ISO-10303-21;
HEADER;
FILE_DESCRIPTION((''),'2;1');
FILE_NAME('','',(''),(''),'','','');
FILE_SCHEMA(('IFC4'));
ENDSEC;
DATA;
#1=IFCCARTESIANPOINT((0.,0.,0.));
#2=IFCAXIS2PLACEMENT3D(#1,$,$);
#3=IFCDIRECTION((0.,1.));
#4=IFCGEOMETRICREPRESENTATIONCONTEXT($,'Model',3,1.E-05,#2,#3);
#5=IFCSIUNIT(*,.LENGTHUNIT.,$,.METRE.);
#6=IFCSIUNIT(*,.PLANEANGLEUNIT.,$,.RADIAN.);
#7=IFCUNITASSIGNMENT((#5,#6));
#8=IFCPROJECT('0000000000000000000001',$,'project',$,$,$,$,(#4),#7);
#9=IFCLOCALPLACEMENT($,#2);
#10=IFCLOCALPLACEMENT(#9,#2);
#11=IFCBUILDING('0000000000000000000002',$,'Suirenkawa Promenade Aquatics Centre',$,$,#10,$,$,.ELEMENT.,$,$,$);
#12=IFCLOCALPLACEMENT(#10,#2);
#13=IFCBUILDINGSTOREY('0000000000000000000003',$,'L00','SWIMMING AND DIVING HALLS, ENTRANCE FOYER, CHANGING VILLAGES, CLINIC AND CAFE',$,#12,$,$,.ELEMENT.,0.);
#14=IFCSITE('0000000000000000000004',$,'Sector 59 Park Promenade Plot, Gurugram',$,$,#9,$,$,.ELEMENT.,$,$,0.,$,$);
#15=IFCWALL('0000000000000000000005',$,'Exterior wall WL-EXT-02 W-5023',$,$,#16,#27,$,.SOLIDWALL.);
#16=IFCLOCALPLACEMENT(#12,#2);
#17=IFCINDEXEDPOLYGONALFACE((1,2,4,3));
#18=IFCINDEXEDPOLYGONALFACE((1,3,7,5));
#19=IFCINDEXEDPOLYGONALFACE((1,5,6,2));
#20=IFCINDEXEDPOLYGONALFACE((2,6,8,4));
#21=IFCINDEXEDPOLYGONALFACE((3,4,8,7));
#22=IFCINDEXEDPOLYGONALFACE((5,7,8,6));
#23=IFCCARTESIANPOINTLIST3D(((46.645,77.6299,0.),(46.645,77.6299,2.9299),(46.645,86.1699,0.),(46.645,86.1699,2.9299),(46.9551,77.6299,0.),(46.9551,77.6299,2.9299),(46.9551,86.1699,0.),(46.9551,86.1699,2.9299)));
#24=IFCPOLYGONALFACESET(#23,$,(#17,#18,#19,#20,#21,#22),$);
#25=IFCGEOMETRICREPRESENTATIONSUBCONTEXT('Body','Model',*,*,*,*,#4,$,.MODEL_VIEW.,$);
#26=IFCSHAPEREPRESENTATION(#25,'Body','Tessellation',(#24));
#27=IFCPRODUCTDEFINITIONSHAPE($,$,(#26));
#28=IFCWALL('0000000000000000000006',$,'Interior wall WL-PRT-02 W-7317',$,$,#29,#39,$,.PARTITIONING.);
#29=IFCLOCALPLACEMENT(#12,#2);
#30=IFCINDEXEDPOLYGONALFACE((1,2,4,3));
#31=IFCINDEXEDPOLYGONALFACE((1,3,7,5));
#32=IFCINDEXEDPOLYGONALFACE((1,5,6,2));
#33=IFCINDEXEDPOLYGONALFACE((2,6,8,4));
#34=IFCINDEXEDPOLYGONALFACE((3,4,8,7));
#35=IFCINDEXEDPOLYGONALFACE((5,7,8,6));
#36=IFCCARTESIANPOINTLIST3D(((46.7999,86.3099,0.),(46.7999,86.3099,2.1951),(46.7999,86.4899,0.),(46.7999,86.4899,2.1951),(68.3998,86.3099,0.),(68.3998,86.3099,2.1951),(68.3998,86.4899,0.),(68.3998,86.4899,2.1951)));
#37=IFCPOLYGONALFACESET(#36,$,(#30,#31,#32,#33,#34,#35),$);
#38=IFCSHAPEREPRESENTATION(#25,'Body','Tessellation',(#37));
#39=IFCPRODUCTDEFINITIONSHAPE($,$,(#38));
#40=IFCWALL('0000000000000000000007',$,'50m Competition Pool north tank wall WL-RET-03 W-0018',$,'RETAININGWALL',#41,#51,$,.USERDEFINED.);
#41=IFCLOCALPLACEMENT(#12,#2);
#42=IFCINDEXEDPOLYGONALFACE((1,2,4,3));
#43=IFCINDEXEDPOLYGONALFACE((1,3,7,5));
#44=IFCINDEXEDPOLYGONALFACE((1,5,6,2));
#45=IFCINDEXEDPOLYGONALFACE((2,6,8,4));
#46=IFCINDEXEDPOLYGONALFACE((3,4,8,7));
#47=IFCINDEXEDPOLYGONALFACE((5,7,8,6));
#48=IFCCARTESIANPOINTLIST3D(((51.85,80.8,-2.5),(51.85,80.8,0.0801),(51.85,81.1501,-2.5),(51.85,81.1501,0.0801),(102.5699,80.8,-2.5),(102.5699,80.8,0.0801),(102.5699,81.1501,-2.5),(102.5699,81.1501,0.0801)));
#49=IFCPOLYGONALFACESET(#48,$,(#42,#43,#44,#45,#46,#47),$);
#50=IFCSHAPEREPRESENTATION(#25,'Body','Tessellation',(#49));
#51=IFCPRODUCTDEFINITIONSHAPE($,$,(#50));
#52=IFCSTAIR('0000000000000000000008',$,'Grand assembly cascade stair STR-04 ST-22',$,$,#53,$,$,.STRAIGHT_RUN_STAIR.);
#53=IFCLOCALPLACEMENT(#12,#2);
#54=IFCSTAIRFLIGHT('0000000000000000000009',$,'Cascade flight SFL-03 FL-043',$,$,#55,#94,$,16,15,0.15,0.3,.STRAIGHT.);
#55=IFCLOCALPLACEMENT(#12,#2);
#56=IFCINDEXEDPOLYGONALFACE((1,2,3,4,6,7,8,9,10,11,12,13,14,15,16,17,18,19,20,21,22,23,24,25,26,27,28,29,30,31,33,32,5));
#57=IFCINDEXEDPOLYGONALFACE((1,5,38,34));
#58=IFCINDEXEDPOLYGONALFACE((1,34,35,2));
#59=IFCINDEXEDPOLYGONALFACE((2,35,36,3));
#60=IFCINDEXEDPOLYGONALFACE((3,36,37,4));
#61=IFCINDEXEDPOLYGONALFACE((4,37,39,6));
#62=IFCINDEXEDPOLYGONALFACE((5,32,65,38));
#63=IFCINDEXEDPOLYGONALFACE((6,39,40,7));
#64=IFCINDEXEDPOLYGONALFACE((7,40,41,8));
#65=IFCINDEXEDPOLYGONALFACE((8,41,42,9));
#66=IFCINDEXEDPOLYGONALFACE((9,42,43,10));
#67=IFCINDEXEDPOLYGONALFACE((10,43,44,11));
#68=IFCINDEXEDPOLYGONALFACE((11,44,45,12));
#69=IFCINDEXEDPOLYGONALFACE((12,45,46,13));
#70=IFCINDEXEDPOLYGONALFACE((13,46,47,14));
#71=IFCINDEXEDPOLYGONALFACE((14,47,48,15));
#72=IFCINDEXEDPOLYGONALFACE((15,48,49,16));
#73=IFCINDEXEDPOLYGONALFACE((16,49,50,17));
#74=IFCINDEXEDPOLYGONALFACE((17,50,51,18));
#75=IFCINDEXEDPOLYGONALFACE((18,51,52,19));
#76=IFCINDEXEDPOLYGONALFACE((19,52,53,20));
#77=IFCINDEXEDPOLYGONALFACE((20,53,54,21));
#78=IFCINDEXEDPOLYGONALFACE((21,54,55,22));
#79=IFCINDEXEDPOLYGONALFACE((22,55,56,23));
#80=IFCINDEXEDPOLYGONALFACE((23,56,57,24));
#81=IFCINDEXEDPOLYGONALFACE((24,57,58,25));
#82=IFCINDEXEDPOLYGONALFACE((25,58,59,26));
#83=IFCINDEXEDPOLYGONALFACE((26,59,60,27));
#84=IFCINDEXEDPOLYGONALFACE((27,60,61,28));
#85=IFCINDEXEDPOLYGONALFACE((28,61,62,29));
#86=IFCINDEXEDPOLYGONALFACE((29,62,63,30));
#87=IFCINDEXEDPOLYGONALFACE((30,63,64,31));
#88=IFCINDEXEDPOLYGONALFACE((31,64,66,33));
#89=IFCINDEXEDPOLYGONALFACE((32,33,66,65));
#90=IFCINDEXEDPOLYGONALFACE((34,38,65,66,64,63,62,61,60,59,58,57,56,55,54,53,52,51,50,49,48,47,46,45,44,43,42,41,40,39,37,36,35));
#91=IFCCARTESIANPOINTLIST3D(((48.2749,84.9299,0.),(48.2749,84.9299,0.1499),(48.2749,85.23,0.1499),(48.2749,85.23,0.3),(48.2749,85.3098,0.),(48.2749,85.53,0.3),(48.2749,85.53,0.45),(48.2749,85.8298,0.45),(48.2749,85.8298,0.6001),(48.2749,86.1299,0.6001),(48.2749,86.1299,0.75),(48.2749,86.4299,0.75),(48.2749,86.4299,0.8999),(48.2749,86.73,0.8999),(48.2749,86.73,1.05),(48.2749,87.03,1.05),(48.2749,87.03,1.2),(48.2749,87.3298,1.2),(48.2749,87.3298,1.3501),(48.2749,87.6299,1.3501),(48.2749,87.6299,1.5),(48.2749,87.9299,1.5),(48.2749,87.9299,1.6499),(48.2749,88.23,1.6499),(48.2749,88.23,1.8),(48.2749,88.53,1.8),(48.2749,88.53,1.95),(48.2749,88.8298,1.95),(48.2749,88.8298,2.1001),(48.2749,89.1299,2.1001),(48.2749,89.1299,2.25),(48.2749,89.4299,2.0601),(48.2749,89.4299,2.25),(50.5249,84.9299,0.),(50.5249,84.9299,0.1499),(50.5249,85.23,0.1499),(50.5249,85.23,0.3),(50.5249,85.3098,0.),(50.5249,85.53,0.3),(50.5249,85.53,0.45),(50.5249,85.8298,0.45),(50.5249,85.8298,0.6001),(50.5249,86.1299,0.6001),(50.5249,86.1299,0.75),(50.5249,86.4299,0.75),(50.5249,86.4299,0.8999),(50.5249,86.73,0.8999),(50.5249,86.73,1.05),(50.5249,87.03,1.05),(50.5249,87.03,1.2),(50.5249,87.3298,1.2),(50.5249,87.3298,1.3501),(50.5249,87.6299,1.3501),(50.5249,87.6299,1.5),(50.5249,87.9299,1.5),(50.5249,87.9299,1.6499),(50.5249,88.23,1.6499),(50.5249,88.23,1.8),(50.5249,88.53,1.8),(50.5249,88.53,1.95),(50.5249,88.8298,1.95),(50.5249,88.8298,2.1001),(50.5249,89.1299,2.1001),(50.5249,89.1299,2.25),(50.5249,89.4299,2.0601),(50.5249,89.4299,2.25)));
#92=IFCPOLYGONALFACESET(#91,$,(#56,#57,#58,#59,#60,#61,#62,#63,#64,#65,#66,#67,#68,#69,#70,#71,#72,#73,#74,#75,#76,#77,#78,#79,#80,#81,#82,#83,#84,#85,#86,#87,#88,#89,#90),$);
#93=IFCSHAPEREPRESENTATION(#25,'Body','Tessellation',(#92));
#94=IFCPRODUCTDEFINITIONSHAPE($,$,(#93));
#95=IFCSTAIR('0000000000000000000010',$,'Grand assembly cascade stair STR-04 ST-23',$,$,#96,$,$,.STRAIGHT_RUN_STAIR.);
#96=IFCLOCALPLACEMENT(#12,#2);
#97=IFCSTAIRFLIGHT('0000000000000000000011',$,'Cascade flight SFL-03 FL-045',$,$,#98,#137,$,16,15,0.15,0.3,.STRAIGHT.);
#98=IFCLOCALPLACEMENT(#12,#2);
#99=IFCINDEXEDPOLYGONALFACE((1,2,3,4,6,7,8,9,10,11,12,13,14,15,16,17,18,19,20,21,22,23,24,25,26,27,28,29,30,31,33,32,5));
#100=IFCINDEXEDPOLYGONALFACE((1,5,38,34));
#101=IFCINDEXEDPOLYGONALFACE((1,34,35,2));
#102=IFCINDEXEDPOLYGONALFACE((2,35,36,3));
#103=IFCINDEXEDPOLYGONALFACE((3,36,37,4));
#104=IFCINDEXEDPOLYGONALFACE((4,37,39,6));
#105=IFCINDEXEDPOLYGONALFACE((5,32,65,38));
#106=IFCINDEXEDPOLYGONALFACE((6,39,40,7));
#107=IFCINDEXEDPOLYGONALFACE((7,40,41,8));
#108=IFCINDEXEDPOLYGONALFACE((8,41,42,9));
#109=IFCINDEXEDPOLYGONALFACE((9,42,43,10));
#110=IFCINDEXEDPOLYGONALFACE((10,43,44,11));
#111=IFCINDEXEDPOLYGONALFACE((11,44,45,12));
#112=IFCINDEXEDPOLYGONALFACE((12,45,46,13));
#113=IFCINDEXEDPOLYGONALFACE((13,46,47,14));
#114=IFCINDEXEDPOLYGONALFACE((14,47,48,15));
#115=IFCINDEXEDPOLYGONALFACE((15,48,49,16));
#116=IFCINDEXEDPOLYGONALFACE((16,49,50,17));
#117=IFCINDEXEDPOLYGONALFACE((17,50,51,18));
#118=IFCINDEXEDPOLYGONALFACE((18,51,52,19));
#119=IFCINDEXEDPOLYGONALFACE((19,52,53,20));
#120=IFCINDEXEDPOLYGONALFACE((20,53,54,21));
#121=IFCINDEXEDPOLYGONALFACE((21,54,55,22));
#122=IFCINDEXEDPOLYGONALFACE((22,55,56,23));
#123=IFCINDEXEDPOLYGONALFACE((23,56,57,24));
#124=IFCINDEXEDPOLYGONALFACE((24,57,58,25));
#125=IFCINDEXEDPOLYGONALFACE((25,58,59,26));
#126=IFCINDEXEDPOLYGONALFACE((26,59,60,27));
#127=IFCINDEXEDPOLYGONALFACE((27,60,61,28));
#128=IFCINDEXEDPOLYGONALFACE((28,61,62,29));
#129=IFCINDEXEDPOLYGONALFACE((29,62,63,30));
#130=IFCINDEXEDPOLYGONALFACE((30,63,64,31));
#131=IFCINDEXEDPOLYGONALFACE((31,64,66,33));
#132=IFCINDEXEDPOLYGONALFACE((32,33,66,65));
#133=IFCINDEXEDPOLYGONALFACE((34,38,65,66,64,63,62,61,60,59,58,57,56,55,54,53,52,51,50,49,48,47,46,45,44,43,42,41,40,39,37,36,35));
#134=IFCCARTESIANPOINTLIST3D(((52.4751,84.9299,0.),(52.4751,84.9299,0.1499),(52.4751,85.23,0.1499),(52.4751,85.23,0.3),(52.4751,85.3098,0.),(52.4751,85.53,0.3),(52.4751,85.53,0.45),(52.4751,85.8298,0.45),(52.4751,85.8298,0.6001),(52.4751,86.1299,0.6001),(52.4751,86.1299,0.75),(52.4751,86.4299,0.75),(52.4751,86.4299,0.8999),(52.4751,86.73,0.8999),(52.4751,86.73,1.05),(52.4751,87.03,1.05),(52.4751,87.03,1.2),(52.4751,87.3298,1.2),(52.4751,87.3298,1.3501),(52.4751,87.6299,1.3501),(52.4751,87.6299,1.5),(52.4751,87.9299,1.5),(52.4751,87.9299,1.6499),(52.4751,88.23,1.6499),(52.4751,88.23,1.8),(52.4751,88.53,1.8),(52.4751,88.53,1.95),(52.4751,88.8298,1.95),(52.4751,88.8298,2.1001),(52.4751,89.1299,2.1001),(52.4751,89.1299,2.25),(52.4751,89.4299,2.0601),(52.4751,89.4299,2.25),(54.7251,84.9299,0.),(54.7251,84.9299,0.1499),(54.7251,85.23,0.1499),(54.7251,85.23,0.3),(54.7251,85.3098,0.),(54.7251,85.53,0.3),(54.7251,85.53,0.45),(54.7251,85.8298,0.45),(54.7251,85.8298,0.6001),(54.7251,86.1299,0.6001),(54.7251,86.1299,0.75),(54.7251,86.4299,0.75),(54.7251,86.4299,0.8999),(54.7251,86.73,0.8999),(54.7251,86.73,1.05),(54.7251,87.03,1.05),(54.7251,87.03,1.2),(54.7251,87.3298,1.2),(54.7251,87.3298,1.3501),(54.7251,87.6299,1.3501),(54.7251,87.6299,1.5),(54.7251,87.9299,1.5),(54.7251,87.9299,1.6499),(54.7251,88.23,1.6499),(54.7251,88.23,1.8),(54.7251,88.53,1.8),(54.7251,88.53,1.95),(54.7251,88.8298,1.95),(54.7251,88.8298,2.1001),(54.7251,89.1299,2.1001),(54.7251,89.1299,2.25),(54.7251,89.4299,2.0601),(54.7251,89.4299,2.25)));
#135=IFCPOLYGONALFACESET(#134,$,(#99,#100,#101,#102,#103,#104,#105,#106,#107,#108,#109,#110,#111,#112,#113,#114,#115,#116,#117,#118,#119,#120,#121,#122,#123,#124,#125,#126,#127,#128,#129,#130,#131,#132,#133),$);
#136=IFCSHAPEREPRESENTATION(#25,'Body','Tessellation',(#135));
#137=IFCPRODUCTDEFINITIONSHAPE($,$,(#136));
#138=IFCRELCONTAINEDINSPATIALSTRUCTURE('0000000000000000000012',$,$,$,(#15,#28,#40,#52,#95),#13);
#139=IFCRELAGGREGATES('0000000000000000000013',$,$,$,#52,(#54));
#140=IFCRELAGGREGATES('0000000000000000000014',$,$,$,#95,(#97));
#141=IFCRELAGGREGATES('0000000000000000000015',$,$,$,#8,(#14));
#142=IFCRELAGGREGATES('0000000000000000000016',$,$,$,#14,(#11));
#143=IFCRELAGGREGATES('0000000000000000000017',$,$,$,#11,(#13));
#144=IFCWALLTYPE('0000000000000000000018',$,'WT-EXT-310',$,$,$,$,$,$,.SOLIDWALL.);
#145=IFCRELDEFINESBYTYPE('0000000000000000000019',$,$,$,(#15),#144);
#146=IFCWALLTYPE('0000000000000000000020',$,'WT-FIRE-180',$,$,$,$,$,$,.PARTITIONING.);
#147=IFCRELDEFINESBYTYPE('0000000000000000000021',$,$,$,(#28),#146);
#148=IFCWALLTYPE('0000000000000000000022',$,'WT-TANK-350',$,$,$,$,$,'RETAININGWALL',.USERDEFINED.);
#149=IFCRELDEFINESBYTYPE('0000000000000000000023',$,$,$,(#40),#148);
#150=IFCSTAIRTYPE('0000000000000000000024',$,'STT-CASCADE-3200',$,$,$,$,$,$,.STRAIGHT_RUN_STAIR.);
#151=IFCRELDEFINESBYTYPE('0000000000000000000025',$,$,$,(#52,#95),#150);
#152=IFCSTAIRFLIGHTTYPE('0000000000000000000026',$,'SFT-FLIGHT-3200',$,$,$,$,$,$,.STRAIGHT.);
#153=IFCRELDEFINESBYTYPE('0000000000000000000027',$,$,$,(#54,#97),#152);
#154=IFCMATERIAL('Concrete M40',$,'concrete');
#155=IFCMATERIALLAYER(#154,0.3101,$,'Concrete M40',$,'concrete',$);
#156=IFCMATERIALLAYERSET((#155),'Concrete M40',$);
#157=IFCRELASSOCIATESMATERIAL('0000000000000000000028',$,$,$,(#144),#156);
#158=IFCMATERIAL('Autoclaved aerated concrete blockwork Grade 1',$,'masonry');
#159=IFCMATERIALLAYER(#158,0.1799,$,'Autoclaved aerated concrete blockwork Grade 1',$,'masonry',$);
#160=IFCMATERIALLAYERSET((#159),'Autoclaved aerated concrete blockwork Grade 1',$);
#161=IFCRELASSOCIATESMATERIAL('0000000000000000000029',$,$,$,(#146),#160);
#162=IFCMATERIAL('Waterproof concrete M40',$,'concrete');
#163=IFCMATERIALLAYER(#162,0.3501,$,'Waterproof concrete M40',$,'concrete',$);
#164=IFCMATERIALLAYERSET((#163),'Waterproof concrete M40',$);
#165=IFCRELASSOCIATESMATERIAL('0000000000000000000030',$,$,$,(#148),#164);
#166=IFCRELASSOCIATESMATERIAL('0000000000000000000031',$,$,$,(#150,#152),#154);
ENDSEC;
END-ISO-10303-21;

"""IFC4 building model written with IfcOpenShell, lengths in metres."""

from ifc_helpers import new_model, si_unit, direction, frame, frame_2d, origin, place, context, subcontext, project, spatial, polyline, rectangle, outline, extrude, material, layer, layer_set, type_object, element, aggregate, save


model = new_model("IFC4")

# Units and contexts
model_context = context("Model", 3, precision=1e-05, world=origin(), true_north=direction((0.0, 1.0)))
body_context = subcontext(model_context, "Body", "Model", "MODEL_VIEW")
ifc_project = project(units=[si_unit("LENGTHUNIT", "METRE"), si_unit("PLANEANGLEUNIT", "RADIAN")], contexts=[model_context])

# Site, building, storey
site_placement = place(None, origin())
site = spatial("IfcSite", under=ifc_project, at=site_placement, Name="Sector 59 Park Promenade Plot, Gurugram", CompositionType="ELEMENT", RefElevation=0.0)
building_placement = place(site_placement, origin())
building = spatial("IfcBuilding", under=site, at=building_placement, Name="Suirenkawa Promenade Aquatics Centre", CompositionType="ELEMENT")
storey_placement = place(building_placement, origin())
storey = spatial("IfcBuildingStorey", under=building, at=storey_placement, Name="L00", Description="SWIMMING AND DIVING HALLS, ENTRANCE FOYER, CHANGING VILLAGES, CLINIC AND CAFE", CompositionType="ELEMENT", Elevation=0.0)

# Shared definitions
ifc_material_1 = material(Name="Concrete M40", Category="concrete")

# Walls
ifc_layer_1 = layer(ifc_material_1, 0.3101, Name="Concrete M40", Category="concrete")
ifc_layer_set_1 = layer_set([ifc_layer_1], Name="Concrete M40")
wall_type_1 = type_object("IfcWallType", Name="WT-EXT-310", PredefinedType="SOLIDWALL", material=ifc_layer_set_1)
wall_1_placement = place(storey_placement, frame((46.8, 77.6299, 0.0), z_axis=(0.0, 0.0, 1.0), x_axis=(0.0, 1.0, 0.0)))
element("IfcWall", 1, at=wall_1_placement, inside=storey, type_object=wall_type_1, Name="Exterior wall WL-EXT-02 W-5023", PredefinedType="SOLIDWALL", context=body_context, shape_type="SweptSolid", body=[
    extrude(rectangle(XDim=8.54, YDim=0.3101, at=frame_2d((4.27, 0.0))), origin(), (0.0, 0.0, 1.0), 2.9299),
])
ifc_material_2 = material(Name="Autoclaved aerated concrete blockwork Grade 1", Category="masonry")
ifc_layer_2 = layer(ifc_material_2, 0.1799, Name="Autoclaved aerated concrete blockwork Grade 1", Category="masonry")
ifc_layer_set_2 = layer_set([ifc_layer_2], Name="Autoclaved aerated concrete blockwork Grade 1")
wall_type_2 = type_object("IfcWallType", Name="WT-FIRE-180", PredefinedType="PARTITIONING", material=ifc_layer_set_2)
wall_2_placement = place(storey_placement, frame((46.8, 86.3999, 0.0), z_axis=(0.0, 0.0, 1.0), x_axis=(1.0, 0.0, 0.0)))
element("IfcWall", 2, at=wall_2_placement, inside=storey, type_object=wall_type_2, Name="Interior wall WL-PRT-02 W-7317", PredefinedType="PARTITIONING", context=body_context, shape_type="SweptSolid", body=[
    extrude(rectangle(XDim=21.5999, YDim=0.1799, at=frame_2d((10.7998, 0.0))), origin(), (0.0, 0.0, 1.0), 2.1951),
])
ifc_material_3 = material(Name="Waterproof concrete M40", Category="concrete")
ifc_layer_3 = layer(ifc_material_3, 0.3501, Name="Waterproof concrete M40", Category="concrete")
ifc_layer_set_3 = layer_set([ifc_layer_3], Name="Waterproof concrete M40")
wall_type_3 = type_object("IfcWallType", Name="WT-TANK-350", ElementType="RETAININGWALL", PredefinedType="USERDEFINED", material=ifc_layer_set_3)
wall_3_placement = place(storey_placement, frame((51.8501, 80.9751, -2.5), z_axis=(0.0, 0.0, 1.0), x_axis=(1.0, 0.0, 0.0)))
element("IfcWall", 3, at=wall_3_placement, inside=storey, type_object=wall_type_3, Name="50m Competition Pool north tank wall WL-RET-03 W-0018", ObjectType="RETAININGWALL", PredefinedType="USERDEFINED", context=body_context, shape_type="SweptSolid", body=[
    extrude(rectangle(XDim=50.72, YDim=0.3501, at=frame_2d((25.3599, 0.0))), origin(), (0.0, 0.0, 1.0), 2.5801),
])

# Stairs, stair flights
stair_type = type_object("IfcStairType", Name="STT-CASCADE-3200", PredefinedType="STRAIGHT_RUN_STAIR", material=ifc_material_1)
stair_1_placement = place(storey_placement, origin())
stair_1 = element("IfcStair", 4, at=stair_1_placement, inside=storey, type_object=stair_type, Name="Grand assembly cascade stair STR-04 ST-22", PredefinedType="STRAIGHT_RUN_STAIR")
stair_flight_type = type_object("IfcStairFlightType", Name="SFT-FLIGHT-3200", PredefinedType="STRAIGHT", material=ifc_material_1)
stair_flight_1_placement = place(storey_placement, frame((49.3999, 84.9299, 0.0), z_axis=(0.0, 0.0, 1.0), x_axis=(0.0, 1.0, 0.0)))
stair_flight_1 = element("IfcStairFlight", 5, at=stair_flight_1_placement, type_object=stair_flight_type, Name="Cascade flight SFL-03 FL-043", NumberOfRisers=16, NumberOfTreads=15, PredefinedType="STRAIGHT", RiserHeight=0.15, TreadLength=0.3, context=body_context, shape_type="SweptSolid", body=[
    extrude(outline(polyline([(0.0, 0.0), (0.0, 0.1499), (0.3, 0.1499), (0.3, 0.3), (0.6001, 0.3), (0.6001, 0.45), (0.8999, 0.45), (0.8999, 0.6001), (1.2, 0.6001), (1.2, 0.75), (1.5, 0.75), (1.5, 0.8999), (1.8, 0.8999), (1.8, 1.05), (2.1001, 1.05), (2.1001, 1.2), (2.3999, 1.2), (2.3999, 1.3501), (2.7, 1.3501), (2.7, 1.5), (3.0, 1.5), (3.0, 1.6499), (3.3, 1.6499), (3.3, 1.8), (3.6001, 1.8), (3.6001, 1.95), (3.8999, 1.95), (3.8999, 2.1001), (4.2, 2.1001), (4.2, 2.25), (4.5, 2.25), (4.5, 2.3999), (4.5, 2.0601), (0.3799, 0.0), (0.0, 0.0)])), frame((0.0, 1.125, 0.0), z_axis=(0.0, -1.0, 0.0), x_axis=(1.0, 0.0, 0.0)), (0.0, 0.0, 1.0), 2.25),
])
aggregate(stair_1, [stair_flight_1])
stair_2_placement = place(storey_placement, origin())
stair_2 = element("IfcStair", 6, at=stair_2_placement, inside=storey, type_object=stair_type, Name="Grand assembly cascade stair STR-04 ST-23", PredefinedType="STRAIGHT_RUN_STAIR")
stair_flight_2_placement = place(storey_placement, frame((53.6001, 84.9299, 0.0), z_axis=(0.0, 0.0, 1.0), x_axis=(0.0, 1.0, 0.0)))
stair_flight_2 = element("IfcStairFlight", 7, at=stair_flight_2_placement, type_object=stair_flight_type, Name="Cascade flight SFL-03 FL-045", NumberOfRisers=16, NumberOfTreads=15, PredefinedType="STRAIGHT", RiserHeight=0.15, TreadLength=0.3, context=body_context, shape_type="SweptSolid", body=[
    extrude(outline(polyline([(0.0, 0.0), (0.0, 0.1499), (0.3, 0.1499), (0.3, 0.3), (0.6001, 0.3), (0.6001, 0.45), (0.8999, 0.45), (0.8999, 0.6001), (1.2, 0.6001), (1.2, 0.75), (1.5, 0.75), (1.5, 0.8999), (1.8, 0.8999), (1.8, 1.05), (2.1001, 1.05), (2.1001, 1.2), (2.3999, 1.2), (2.3999, 1.3501), (2.7, 1.3501), (2.7, 1.5), (3.0, 1.5), (3.0, 1.6499), (3.3, 1.6499), (3.3, 1.8), (3.6001, 1.8), (3.6001, 1.95), (3.8999, 1.95), (3.8999, 2.1001), (4.2, 2.1001), (4.2, 2.25), (4.5, 2.25), (4.5, 2.3999), (4.5, 2.0601), (0.3799, 0.0), (0.0, 0.0)])), frame((0.0, 1.125, 0.0), z_axis=(0.0, -1.0, 0.0), x_axis=(1.0, 0.0, 0.0)), (0.0, 0.0, 1.0), 2.25),
])
aggregate(stair_2, [stair_flight_2])

save(model, "model.ifc")
